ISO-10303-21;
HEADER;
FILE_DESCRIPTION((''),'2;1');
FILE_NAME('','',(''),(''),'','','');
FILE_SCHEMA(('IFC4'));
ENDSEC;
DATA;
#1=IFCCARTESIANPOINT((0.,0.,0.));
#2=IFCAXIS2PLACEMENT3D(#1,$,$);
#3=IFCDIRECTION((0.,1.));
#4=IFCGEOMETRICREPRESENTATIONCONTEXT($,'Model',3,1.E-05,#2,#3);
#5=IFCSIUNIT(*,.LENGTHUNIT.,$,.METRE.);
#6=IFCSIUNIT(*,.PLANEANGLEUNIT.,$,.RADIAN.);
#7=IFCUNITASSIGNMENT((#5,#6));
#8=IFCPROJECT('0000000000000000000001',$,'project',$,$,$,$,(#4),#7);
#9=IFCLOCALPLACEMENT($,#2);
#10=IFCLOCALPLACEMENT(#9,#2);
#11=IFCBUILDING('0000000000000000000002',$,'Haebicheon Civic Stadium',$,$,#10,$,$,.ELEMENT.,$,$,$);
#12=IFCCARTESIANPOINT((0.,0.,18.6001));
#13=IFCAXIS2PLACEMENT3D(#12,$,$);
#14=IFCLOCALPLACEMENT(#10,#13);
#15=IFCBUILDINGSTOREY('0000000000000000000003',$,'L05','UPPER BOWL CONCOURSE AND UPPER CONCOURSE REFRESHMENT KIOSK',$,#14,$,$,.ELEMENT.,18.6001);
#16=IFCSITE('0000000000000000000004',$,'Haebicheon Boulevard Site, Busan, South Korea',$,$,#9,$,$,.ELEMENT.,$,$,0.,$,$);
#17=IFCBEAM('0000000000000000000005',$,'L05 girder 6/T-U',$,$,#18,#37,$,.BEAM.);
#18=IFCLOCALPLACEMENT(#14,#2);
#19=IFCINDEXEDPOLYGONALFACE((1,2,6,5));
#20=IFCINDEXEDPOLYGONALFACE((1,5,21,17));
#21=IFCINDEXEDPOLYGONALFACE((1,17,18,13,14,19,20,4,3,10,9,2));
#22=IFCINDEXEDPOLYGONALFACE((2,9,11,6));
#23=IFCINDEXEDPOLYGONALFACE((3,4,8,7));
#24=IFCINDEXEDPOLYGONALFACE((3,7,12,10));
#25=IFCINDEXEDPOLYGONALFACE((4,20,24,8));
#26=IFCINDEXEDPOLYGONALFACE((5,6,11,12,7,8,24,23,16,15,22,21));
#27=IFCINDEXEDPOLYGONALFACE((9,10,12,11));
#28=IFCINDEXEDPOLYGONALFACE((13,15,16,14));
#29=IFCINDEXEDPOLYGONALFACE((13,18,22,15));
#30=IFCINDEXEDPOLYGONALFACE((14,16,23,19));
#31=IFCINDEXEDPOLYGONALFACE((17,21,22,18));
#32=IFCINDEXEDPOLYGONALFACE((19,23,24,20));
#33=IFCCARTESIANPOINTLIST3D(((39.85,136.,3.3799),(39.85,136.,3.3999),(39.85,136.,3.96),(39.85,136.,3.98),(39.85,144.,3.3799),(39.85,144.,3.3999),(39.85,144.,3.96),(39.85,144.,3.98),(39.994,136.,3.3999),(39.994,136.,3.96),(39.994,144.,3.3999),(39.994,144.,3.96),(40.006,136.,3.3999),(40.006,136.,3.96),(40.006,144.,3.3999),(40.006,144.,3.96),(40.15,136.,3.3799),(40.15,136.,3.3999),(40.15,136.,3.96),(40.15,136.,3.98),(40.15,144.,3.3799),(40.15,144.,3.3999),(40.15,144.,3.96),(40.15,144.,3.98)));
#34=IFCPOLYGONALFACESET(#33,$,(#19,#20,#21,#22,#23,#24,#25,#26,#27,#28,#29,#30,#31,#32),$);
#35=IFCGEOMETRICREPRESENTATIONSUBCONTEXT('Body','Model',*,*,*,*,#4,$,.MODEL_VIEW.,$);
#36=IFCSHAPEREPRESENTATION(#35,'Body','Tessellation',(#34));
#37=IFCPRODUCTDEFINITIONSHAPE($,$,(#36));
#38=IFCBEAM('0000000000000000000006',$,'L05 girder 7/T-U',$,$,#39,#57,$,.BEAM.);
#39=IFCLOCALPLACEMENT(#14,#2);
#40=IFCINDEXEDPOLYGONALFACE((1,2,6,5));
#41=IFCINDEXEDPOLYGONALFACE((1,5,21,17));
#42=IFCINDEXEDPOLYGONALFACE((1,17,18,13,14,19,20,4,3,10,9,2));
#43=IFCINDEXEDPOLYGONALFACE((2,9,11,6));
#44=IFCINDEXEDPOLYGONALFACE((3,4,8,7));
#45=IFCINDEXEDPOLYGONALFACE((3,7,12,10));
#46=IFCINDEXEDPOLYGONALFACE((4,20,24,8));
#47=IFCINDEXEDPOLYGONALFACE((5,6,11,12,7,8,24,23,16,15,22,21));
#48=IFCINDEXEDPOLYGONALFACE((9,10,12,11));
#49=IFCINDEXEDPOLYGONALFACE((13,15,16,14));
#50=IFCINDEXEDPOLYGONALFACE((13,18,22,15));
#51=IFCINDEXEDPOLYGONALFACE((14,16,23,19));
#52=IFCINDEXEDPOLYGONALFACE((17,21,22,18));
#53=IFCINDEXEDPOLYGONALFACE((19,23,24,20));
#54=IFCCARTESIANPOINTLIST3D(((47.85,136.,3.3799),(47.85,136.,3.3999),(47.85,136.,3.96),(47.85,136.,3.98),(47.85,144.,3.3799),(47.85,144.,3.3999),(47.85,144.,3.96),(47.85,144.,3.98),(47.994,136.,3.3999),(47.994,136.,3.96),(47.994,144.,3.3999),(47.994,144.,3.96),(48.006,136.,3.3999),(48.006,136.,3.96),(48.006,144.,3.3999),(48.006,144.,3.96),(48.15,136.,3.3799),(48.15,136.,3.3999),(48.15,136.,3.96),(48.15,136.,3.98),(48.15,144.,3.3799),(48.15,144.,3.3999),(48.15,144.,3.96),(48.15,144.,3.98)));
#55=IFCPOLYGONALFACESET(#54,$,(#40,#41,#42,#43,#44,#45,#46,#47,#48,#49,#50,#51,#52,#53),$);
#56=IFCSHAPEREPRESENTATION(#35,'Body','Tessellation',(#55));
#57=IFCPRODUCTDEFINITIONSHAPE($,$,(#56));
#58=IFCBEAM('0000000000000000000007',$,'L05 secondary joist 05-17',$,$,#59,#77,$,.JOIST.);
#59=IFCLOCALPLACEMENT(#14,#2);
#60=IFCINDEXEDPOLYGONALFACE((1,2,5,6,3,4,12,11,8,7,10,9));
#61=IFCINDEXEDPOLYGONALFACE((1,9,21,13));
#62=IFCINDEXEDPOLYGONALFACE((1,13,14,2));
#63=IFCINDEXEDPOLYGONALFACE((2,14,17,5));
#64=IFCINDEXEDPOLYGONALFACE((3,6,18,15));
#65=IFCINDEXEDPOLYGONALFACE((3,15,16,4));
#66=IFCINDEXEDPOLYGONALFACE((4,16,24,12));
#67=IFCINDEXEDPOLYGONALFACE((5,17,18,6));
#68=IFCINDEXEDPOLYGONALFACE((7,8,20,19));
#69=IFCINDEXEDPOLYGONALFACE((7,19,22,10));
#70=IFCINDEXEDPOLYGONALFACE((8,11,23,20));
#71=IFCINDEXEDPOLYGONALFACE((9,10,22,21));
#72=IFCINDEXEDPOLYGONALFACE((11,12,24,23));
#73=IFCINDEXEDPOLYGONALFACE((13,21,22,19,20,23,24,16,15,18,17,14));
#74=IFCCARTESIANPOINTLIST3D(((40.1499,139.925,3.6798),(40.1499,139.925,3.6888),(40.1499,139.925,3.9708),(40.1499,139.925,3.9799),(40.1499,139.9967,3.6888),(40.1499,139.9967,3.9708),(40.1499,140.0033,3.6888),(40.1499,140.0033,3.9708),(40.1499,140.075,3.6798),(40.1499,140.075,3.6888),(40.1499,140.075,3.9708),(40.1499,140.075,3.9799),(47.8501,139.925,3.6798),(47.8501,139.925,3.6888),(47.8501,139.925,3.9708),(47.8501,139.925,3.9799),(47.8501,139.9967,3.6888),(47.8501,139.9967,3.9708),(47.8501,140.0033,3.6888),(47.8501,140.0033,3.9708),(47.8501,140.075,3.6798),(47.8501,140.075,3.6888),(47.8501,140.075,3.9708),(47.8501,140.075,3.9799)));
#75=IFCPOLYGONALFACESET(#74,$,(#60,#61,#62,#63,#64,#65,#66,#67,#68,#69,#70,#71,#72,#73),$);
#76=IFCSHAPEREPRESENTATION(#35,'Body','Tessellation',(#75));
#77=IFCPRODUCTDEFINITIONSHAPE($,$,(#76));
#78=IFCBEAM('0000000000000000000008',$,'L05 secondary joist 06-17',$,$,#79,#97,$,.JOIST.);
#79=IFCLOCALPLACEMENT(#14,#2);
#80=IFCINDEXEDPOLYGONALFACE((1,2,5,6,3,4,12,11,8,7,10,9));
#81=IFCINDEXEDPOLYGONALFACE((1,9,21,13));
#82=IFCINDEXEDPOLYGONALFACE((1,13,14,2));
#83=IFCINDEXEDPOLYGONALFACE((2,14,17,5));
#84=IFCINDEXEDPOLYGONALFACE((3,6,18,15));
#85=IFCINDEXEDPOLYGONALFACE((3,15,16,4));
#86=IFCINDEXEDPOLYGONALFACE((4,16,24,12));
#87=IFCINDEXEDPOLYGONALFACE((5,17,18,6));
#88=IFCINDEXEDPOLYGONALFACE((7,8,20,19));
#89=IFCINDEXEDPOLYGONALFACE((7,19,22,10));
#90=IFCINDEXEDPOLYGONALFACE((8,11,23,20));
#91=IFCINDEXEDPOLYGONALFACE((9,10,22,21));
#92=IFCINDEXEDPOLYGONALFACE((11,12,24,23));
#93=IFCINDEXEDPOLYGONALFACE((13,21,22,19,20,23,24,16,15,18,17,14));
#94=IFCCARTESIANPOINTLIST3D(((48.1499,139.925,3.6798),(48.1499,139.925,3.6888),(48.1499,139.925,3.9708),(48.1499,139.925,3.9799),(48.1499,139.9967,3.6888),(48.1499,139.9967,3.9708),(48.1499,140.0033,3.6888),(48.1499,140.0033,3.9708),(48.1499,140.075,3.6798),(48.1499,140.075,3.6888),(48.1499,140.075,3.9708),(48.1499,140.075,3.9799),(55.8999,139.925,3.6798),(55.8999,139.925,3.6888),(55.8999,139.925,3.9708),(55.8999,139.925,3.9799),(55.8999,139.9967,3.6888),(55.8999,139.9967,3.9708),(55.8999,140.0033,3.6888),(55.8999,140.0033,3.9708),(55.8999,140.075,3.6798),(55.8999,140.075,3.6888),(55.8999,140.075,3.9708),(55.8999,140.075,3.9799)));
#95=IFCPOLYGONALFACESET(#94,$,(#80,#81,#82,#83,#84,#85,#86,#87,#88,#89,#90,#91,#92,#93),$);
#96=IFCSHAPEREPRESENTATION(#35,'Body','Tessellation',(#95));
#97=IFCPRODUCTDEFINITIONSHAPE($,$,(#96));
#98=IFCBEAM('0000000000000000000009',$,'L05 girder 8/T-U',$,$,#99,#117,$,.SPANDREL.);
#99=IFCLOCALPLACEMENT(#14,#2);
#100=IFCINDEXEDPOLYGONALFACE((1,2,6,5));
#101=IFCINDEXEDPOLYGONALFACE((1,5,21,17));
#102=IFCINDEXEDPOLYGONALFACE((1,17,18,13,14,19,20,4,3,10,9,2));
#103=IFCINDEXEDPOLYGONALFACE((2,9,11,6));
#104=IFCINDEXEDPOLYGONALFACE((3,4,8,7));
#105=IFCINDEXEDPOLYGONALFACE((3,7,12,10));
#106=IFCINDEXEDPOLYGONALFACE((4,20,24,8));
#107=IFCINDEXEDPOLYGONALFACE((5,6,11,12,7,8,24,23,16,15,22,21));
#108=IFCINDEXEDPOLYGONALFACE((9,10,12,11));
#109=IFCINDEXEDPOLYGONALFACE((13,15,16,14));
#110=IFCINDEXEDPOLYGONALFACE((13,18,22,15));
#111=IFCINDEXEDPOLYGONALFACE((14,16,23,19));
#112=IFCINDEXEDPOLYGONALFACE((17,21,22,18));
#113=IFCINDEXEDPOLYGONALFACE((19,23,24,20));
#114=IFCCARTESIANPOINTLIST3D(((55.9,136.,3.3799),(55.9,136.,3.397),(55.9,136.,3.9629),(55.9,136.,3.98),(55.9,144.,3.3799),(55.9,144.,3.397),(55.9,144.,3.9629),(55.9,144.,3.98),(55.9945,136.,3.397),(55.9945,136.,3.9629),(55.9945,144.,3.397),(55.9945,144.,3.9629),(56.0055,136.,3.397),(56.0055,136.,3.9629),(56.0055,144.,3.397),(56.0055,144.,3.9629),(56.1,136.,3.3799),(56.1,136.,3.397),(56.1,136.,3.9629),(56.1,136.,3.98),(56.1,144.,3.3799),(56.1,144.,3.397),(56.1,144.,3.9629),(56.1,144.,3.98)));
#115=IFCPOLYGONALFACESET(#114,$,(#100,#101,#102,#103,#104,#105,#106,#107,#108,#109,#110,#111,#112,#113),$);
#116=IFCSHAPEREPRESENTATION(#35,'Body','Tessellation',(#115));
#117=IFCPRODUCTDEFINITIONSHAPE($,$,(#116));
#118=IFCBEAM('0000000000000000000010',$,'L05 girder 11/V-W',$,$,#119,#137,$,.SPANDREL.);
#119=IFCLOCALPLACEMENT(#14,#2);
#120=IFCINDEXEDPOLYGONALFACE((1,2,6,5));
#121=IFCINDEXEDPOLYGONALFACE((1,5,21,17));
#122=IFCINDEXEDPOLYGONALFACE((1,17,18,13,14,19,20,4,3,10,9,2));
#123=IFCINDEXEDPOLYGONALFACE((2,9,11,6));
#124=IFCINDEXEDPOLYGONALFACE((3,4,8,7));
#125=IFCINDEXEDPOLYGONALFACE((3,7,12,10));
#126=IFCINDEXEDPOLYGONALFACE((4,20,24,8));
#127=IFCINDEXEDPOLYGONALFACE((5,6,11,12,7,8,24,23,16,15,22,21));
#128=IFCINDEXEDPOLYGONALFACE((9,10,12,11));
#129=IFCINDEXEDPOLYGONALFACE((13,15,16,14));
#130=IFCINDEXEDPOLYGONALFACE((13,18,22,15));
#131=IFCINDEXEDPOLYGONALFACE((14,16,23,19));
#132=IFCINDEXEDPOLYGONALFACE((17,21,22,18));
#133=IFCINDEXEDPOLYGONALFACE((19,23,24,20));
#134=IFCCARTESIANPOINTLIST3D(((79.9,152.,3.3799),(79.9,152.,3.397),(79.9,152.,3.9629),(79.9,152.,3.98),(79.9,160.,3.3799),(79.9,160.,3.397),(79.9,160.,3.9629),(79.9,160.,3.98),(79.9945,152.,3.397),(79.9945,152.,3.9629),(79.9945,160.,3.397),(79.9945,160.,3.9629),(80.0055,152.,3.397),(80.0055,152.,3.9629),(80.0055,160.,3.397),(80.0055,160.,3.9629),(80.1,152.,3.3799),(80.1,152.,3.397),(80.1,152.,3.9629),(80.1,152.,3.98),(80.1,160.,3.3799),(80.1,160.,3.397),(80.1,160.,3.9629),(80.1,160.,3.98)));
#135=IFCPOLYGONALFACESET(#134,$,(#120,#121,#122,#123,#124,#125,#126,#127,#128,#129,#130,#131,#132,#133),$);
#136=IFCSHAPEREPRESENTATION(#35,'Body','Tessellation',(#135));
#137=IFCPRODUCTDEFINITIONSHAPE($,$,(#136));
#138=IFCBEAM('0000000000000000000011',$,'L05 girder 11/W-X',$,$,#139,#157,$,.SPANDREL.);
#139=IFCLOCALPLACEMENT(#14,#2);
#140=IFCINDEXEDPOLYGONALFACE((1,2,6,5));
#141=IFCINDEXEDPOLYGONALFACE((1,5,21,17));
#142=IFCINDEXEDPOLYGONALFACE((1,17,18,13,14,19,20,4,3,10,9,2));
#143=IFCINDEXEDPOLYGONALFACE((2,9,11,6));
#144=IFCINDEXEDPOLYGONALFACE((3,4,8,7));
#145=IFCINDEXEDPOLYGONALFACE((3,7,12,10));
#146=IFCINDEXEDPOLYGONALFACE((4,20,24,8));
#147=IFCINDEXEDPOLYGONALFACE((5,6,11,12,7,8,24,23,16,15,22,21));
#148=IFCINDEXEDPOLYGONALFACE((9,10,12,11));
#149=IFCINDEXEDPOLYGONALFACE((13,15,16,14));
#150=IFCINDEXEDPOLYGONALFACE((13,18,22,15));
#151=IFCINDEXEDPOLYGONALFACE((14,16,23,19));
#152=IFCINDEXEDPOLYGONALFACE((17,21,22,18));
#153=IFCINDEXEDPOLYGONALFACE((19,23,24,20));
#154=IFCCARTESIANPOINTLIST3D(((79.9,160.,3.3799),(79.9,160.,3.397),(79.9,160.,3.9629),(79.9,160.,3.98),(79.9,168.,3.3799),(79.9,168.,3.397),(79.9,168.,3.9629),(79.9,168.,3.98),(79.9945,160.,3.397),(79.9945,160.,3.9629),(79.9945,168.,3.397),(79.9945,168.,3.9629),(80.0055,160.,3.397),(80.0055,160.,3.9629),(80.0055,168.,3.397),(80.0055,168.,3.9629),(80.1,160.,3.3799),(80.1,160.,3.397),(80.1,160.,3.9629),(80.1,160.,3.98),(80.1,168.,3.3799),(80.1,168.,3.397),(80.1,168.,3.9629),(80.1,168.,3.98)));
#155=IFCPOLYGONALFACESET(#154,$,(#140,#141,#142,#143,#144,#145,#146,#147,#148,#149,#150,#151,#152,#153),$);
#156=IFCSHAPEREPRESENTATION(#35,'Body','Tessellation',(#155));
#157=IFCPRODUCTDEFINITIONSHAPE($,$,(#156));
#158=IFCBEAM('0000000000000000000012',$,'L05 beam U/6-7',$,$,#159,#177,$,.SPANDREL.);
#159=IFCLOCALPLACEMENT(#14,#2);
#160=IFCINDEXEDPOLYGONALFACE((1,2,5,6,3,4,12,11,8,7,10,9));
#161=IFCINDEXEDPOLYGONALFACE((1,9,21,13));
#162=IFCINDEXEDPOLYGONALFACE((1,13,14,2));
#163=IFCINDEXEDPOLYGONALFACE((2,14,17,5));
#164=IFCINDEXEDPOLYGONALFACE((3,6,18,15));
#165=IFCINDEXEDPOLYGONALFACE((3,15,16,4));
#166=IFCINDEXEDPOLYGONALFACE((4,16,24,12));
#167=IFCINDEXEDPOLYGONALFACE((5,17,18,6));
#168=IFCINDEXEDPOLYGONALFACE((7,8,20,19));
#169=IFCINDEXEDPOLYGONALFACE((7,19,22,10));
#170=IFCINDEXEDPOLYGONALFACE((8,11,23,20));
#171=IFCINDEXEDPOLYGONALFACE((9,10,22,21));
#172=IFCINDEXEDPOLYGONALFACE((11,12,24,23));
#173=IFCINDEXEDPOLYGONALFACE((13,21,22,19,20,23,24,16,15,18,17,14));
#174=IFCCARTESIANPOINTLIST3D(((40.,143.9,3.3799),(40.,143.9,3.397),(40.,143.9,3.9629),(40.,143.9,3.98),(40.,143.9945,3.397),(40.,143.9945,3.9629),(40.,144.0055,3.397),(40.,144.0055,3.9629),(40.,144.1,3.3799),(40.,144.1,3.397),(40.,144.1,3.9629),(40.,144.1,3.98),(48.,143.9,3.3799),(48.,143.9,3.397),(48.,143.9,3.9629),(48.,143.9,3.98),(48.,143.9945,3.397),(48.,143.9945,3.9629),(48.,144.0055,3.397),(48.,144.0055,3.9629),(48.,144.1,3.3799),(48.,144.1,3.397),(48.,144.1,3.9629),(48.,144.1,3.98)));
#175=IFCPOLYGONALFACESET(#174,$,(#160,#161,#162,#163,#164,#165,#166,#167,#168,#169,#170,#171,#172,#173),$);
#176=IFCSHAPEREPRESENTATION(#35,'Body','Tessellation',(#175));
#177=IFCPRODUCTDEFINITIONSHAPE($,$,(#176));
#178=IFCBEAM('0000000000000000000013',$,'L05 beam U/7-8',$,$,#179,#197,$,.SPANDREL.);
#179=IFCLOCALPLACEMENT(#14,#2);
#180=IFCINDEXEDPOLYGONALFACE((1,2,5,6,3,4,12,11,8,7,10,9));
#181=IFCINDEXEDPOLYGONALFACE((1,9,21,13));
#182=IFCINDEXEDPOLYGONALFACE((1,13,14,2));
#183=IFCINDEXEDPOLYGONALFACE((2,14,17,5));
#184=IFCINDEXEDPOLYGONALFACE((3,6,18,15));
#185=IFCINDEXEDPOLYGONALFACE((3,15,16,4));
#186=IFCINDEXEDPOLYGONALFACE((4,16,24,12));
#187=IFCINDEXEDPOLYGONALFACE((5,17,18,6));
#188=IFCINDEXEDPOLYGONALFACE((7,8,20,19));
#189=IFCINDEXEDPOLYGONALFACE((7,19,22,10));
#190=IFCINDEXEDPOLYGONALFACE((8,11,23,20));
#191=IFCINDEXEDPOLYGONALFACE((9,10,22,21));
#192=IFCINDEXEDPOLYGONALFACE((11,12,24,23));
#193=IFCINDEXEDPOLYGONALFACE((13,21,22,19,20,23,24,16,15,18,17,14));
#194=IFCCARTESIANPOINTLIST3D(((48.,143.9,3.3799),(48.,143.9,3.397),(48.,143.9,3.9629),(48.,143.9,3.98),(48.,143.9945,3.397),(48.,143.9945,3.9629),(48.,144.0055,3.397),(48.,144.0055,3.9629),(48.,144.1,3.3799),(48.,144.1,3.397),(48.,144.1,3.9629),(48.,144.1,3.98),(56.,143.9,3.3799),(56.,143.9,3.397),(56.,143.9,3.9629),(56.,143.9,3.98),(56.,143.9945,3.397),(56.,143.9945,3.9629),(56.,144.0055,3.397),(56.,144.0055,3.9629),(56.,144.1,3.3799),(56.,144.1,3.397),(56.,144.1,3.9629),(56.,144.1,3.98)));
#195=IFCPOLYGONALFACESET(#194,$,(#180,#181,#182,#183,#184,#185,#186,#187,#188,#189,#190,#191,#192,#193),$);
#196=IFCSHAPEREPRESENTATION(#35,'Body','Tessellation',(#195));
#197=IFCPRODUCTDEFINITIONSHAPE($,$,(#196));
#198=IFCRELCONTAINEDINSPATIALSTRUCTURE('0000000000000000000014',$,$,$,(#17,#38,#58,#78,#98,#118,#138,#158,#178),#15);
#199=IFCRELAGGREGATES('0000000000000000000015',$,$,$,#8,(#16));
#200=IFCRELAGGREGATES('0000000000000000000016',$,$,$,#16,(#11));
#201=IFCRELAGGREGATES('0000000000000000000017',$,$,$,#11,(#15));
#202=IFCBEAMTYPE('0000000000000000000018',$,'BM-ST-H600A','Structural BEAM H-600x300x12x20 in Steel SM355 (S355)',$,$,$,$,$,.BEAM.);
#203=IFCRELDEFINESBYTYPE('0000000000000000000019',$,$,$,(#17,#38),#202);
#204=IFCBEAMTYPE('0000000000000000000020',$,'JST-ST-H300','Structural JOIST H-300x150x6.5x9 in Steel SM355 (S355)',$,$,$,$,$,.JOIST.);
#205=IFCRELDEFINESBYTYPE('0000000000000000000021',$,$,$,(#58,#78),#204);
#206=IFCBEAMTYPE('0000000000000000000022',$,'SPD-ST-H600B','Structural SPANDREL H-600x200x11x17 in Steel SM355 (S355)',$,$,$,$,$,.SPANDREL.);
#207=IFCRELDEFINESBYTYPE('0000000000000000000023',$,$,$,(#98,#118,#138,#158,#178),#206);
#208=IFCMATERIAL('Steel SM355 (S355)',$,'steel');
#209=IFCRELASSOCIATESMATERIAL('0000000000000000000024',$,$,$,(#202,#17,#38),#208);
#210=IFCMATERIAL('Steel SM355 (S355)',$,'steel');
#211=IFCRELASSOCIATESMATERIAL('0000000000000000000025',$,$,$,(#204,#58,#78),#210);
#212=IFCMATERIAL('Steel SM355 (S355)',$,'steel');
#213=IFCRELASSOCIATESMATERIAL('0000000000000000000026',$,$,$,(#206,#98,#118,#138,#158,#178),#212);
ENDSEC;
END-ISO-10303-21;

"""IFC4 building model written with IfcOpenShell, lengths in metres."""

from ifc_helpers import new_model, si_unit, direction, frame, origin, origin_2d, place, context, subcontext, project, spatial, i_section, extrude, material, material_profile, profile_set, type_object, element, save


model = new_model("IFC4")

# Units and contexts
model_context = context("Model", 3, precision=1e-05, world=origin(), true_north=direction((0.0, 1.0)))
body_context = subcontext(model_context, "Body", "Model", "MODEL_VIEW")
ifc_project = project(units=[si_unit("LENGTHUNIT", "METRE"), si_unit("PLANEANGLEUNIT", "RADIAN")], contexts=[model_context])

# Site, building, storey
site_placement = place(None, origin())
site = spatial("IfcSite", under=ifc_project, at=site_placement, Name="Haebicheon Boulevard Site, Busan, South Korea", CompositionType="ELEMENT", RefElevation=0.0)
building_placement = place(site_placement, origin())
building = spatial("IfcBuilding", under=site, at=building_placement, Name="Haebicheon Civic Stadium", CompositionType="ELEMENT")
storey_placement = place(building_placement, frame((0.0, 0.0, 18.6001)))
storey = spatial("IfcBuildingStorey", under=building, at=storey_placement, Name="L05", Description="UPPER BOWL CONCOURSE AND UPPER CONCOURSE REFRESHMENT KIOSK", CompositionType="ELEMENT", Elevation=18.6001)

# Beams
ifc_material_1 = material(Name="Steel SM355 (S355)", Category="steel")
ifc_material_profile_1 = material_profile(ifc_material_1, i_section(OverallWidth=0.3, OverallDepth=0.6001, WebThickness=0.012, FlangeThickness=0.02, at=origin_2d()), Name="H-600x300x12x20")
ifc_profile_set_1 = profile_set([ifc_material_profile_1], Name="Steel SM355 (S355)")
beam_type_1 = type_object("IfcBeamType", Name="BM-ST-H600A", Description="Structural BEAM H-600x300x12x20 in Steel SM355 (S355)", PredefinedType="BEAM", material=ifc_profile_set_1)
for number, where, z_axis, x_axis, name in (
    (1, (40.0, 136.0, 3.6799), (0.0, 1.0, 0.0), (-1.0, 0.0, 0.0), "L05 girder 6/T-U"),
    (2, (48.0, 136.0, 3.6799), (0.0, 1.0, 0.0), (-1.0, 0.0, 0.0), "L05 girder 7/T-U"),
):
    element("IfcBeam", number, at=place(storey_placement, frame(where, z_axis=z_axis, x_axis=x_axis)), inside=storey, type_object=beam_type_1, material=ifc_profile_set_1, Name=name, PredefinedType="BEAM", context=body_context, shape_type="SweptSolid", body=[
        extrude(i_section(OverallWidth=0.3, OverallDepth=0.6001, WebThickness=0.012, FlangeThickness=0.02, at=origin_2d()), origin(), (0.0, 0.0, 1.0), 8.0),
    ])
ifc_material_2 = material(Name="Steel SM355 (S355)", Category="steel")
ifc_material_profile_2 = material_profile(ifc_material_2, i_section(OverallWidth=0.1499, OverallDepth=0.3, WebThickness=0.0066, FlangeThickness=0.009, at=origin_2d()), Name="H-300x150x6.5x9")
ifc_profile_set_2 = profile_set([ifc_material_profile_2], Name="Steel SM355 (S355)")
beam_type_2 = type_object("IfcBeamType", Name="JST-ST-H300", Description="Structural JOIST H-300x150x6.5x9 in Steel SM355 (S355)", PredefinedType="JOIST", material=ifc_profile_set_2)
beam_1_placement = place(storey_placement, frame((40.1499, 140.0, 3.8298), z_axis=(1.0, 0.0, 0.0), x_axis=(0.0, 1.0, 0.0)))
element("IfcBeam", 3, at=beam_1_placement, inside=storey, type_object=beam_type_2, material=ifc_profile_set_2, Name="L05 secondary joist 05-17", PredefinedType="JOIST", context=body_context, shape_type="SweptSolid", body=[
    extrude(i_section(OverallWidth=0.1499, OverallDepth=0.3, WebThickness=0.0066, FlangeThickness=0.009, at=origin_2d()), origin(), (0.0, 0.0, 1.0), 7.7002),
])
beam_2_placement = place(storey_placement, frame((48.1499, 140.0, 3.8298), z_axis=(1.0, 0.0, 0.0), x_axis=(0.0, 1.0, 0.0)))
element("IfcBeam", 4, at=beam_2_placement, inside=storey, type_object=beam_type_2, material=ifc_profile_set_2, Name="L05 secondary joist 06-17", PredefinedType="JOIST", context=body_context, shape_type="SweptSolid", body=[
    extrude(i_section(OverallWidth=0.1499, OverallDepth=0.3, WebThickness=0.0066, FlangeThickness=0.009, at=origin_2d()), origin(), (0.0, 0.0, 1.0), 7.75),
])
ifc_material_3 = material(Name="Steel SM355 (S355)", Category="steel")
ifc_material_profile_3 = material_profile(ifc_material_3, i_section(OverallWidth=0.2, OverallDepth=0.6001, WebThickness=0.011, FlangeThickness=0.0171, at=origin_2d()), Name="H-600x200x11x17")
ifc_profile_set_3 = profile_set([ifc_material_profile_3], Name="Steel SM355 (S355)")
beam_type_3 = type_object("IfcBeamType", Name="SPD-ST-H600B", Description="Structural SPANDREL H-600x200x11x17 in Steel SM355 (S355)", PredefinedType="SPANDREL", material=ifc_profile_set_3)
for number, where, z_axis, x_axis, name in (
    (5, (56.0, 136.0, 3.6799), (0.0, 1.0, 0.0), (-1.0, 0.0, 0.0), "L05 girder 8/T-U"),
    (6, (80.0, 152.0, 3.6799), (0.0, 1.0, 0.0), (-1.0, 0.0, 0.0), "L05 girder 11/V-W"),
    (7, (80.0, 160.0, 3.6799), (0.0, 1.0, 0.0), (-1.0, 0.0, 0.0), "L05 girder 11/W-X"),
    (8, (40.0, 144.0, 3.6799), (1.0, 0.0, 0.0), (0.0, 1.0, 0.0), "L05 beam U/6-7"),
    (9, (48.0, 144.0, 3.6799), (1.0, 0.0, 0.0), (0.0, 1.0, 0.0), "L05 beam U/7-8"),
):
    element("IfcBeam", number, at=place(storey_placement, frame(where, z_axis=z_axis, x_axis=x_axis)), inside=storey, type_object=beam_type_3, material=ifc_profile_set_3, Name=name, PredefinedType="SPANDREL", context=body_context, shape_type="SweptSolid", body=[
        extrude(i_section(OverallWidth=0.2, OverallDepth=0.6001, WebThickness=0.011, FlangeThickness=0.0171, at=origin_2d()), origin(), (0.0, 0.0, 1.0), 8.0),
    ])

save(model, "model.ifc")
